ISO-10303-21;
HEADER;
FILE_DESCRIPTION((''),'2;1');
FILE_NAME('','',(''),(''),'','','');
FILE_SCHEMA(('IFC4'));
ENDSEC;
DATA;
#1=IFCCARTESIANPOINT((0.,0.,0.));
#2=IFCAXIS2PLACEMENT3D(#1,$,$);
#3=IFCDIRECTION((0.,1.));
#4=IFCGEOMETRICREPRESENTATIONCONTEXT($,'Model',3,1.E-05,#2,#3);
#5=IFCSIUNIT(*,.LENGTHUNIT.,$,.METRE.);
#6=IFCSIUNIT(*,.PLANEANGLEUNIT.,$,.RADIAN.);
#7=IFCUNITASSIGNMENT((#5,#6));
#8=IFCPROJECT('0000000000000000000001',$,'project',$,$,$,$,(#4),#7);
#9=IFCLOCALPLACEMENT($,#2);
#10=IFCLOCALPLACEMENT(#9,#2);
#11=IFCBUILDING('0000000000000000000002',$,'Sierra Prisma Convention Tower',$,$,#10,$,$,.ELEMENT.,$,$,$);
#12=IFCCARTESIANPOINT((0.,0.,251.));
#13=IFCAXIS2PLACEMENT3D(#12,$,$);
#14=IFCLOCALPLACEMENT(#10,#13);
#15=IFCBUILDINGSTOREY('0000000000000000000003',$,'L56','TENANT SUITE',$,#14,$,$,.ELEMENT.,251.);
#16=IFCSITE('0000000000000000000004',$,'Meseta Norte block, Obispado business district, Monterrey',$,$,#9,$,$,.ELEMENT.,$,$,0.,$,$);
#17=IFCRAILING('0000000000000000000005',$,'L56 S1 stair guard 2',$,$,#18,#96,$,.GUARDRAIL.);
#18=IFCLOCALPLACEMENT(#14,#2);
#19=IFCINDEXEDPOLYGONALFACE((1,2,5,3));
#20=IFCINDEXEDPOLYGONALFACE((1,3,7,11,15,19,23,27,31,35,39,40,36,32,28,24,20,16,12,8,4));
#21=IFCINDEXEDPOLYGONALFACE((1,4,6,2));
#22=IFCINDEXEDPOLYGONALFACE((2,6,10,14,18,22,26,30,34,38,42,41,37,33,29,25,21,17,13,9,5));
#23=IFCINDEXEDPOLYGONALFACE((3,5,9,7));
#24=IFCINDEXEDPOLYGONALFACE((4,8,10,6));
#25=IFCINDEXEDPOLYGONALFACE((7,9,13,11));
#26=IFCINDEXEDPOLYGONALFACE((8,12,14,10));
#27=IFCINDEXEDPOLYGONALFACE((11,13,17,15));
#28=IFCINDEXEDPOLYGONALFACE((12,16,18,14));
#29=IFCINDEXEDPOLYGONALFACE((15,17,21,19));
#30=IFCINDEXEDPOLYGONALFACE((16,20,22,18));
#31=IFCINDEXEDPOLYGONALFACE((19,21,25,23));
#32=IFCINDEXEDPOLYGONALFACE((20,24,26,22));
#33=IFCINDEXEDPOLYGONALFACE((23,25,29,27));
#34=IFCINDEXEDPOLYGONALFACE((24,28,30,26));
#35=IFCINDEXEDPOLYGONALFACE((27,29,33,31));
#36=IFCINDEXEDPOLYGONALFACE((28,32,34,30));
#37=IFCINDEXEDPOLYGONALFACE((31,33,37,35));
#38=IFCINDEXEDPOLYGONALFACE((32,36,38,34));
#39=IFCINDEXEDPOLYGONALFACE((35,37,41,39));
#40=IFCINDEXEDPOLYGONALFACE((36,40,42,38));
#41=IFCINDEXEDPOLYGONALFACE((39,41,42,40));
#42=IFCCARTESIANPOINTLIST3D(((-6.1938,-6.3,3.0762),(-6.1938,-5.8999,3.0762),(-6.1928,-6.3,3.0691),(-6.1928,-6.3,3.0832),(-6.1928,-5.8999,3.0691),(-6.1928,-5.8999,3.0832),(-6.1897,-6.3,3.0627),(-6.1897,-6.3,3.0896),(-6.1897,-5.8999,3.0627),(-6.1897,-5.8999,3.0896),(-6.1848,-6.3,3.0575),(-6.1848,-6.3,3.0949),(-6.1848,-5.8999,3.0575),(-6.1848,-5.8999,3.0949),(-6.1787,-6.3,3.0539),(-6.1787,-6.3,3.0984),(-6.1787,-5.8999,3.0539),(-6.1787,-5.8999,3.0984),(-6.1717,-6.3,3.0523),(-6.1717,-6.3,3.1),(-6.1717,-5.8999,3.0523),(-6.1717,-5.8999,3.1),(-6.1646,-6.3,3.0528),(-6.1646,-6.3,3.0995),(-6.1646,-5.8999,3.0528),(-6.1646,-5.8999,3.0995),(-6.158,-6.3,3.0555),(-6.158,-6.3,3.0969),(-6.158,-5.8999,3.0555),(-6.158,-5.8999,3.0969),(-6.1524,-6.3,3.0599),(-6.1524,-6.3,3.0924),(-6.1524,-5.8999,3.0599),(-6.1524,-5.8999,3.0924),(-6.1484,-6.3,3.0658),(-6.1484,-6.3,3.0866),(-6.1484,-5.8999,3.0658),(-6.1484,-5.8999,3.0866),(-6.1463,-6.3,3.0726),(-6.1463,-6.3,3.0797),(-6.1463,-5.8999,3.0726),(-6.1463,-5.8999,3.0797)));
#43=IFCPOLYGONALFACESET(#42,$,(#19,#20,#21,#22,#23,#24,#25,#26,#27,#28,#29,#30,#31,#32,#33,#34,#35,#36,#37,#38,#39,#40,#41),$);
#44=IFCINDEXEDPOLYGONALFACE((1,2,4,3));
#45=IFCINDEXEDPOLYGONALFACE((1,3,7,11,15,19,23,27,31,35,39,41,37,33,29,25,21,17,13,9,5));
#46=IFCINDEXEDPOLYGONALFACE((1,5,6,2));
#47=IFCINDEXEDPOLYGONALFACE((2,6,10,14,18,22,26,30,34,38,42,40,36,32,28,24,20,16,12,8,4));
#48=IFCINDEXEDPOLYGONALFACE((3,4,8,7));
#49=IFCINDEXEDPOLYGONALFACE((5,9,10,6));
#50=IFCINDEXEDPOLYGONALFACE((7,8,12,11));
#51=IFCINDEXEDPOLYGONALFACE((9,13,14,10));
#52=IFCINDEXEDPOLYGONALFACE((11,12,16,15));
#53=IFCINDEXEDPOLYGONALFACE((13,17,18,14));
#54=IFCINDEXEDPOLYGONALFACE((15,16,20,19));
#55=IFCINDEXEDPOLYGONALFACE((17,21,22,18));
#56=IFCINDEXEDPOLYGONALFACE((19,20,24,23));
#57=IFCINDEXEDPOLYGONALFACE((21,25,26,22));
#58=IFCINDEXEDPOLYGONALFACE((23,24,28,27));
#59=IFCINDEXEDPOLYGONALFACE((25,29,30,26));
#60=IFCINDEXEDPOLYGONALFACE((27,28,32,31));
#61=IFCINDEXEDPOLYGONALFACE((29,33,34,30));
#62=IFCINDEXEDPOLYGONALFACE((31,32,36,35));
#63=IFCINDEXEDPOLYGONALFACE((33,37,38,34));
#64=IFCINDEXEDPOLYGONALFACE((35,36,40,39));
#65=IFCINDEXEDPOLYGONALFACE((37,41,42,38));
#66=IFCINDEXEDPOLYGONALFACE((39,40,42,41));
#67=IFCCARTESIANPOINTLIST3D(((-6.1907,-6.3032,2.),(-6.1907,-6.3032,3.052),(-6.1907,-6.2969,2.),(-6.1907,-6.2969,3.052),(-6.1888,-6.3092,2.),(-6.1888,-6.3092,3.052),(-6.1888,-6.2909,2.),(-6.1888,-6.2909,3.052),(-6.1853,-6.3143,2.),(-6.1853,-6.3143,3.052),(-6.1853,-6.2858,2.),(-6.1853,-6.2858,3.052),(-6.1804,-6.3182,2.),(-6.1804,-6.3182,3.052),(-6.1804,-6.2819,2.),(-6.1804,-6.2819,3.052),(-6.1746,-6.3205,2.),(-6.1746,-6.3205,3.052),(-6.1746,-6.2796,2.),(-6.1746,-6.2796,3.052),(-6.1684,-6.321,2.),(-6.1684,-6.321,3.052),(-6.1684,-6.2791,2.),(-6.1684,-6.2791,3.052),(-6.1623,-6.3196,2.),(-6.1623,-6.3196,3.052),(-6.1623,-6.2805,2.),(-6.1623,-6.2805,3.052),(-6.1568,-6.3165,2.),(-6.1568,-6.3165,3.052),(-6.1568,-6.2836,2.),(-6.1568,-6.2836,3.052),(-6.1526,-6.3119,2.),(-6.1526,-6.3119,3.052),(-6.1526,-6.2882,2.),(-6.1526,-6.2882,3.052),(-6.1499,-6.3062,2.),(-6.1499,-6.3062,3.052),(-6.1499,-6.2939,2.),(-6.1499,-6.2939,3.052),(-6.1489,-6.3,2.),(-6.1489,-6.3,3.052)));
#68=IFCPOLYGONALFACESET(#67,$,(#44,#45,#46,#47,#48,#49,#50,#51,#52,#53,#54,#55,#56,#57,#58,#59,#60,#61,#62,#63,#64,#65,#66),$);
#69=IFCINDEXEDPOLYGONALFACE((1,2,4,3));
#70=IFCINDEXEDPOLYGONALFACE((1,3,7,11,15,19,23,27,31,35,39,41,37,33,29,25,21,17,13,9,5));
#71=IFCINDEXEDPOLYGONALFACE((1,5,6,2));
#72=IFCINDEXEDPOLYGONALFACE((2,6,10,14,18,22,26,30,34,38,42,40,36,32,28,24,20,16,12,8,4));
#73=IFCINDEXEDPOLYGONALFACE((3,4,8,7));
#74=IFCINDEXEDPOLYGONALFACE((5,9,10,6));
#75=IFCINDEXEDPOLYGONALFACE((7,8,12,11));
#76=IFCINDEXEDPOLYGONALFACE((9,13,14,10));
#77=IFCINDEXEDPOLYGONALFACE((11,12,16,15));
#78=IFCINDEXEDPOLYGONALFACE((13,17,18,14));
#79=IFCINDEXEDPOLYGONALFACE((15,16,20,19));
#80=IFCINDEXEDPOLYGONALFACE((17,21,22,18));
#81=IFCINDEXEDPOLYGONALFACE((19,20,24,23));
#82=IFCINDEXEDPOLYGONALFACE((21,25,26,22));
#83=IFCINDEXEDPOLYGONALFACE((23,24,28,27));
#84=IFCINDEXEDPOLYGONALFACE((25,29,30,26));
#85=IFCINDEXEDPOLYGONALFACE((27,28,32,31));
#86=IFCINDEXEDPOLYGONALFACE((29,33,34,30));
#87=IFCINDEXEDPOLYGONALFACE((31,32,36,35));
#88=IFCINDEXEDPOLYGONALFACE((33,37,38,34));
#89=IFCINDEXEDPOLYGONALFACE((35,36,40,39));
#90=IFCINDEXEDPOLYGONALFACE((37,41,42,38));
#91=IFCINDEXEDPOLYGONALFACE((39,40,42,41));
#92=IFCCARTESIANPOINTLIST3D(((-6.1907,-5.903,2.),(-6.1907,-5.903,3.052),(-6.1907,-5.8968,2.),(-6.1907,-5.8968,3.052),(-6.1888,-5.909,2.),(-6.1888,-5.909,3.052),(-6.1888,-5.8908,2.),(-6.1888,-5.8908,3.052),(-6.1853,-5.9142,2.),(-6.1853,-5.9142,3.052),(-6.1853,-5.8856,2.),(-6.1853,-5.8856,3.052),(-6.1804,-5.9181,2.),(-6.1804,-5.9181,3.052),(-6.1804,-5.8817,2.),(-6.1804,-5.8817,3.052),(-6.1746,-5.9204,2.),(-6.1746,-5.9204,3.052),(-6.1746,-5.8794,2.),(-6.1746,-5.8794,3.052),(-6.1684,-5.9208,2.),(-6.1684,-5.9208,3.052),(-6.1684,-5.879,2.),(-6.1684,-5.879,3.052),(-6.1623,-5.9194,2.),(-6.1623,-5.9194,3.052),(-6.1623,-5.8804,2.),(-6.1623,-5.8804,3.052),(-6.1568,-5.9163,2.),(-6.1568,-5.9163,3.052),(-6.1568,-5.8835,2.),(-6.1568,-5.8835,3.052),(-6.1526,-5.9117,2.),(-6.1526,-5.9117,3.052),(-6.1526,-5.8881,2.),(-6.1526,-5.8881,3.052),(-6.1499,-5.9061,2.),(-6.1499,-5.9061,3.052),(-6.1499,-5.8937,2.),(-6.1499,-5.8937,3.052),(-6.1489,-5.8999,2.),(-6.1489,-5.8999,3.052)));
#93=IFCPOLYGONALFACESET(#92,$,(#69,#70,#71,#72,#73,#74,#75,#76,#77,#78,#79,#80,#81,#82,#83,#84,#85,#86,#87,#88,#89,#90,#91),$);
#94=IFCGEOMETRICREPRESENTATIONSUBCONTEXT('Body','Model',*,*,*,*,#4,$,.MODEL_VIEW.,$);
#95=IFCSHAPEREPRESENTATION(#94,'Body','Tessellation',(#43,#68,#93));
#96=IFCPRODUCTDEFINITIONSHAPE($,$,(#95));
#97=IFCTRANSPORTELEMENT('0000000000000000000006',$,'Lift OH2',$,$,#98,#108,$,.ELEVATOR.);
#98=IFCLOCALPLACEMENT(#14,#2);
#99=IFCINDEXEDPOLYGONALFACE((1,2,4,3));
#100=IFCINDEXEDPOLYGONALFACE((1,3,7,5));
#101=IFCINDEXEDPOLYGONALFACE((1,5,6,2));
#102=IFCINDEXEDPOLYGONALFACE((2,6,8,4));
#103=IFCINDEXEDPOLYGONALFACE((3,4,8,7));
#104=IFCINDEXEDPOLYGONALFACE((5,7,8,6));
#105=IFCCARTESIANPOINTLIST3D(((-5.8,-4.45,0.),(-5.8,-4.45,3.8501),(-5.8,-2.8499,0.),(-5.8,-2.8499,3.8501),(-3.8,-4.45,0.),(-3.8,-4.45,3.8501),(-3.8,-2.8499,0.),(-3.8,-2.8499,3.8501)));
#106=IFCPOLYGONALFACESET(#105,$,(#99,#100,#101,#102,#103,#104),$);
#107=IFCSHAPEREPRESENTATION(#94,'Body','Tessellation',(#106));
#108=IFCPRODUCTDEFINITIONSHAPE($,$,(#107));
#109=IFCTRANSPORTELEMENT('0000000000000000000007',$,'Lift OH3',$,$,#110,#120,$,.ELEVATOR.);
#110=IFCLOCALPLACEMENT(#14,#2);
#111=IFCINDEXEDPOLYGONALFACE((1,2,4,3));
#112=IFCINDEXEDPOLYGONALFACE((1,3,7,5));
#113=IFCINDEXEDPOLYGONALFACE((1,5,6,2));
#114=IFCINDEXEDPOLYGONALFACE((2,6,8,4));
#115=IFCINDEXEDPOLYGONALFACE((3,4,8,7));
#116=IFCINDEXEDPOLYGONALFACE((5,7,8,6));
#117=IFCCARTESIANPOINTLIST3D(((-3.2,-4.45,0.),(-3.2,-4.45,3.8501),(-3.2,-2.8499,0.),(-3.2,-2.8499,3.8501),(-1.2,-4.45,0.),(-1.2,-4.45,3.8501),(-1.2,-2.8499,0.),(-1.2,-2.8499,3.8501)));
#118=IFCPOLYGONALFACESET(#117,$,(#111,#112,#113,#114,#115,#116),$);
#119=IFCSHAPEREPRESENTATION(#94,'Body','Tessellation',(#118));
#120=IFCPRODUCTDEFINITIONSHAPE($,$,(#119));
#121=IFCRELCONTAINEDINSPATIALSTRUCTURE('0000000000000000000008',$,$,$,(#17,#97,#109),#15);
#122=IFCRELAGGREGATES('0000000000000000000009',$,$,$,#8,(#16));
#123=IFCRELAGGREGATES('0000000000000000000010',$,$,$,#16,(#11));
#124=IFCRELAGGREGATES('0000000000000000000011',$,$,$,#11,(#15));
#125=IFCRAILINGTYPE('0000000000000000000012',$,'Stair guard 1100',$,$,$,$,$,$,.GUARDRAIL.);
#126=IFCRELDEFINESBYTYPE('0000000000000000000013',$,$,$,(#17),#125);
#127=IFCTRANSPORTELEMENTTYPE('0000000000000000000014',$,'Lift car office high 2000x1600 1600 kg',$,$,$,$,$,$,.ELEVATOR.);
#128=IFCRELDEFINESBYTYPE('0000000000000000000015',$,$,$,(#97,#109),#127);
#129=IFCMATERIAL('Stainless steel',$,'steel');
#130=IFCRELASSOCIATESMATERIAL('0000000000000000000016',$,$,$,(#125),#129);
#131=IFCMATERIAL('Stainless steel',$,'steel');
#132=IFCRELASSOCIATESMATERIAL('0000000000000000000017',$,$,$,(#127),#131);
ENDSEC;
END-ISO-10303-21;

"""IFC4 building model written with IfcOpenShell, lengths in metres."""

from ifc_helpers import new_model, si_unit, direction, frame, origin, origin_2d, place, context, subcontext, project, spatial, rectangle, circle, extrude, material, type_object, element, save


model = new_model("IFC4")

# Units and contexts
model_context = context("Model", 3, precision=1e-05, world=origin(), true_north=direction((0.0, 1.0)))
body_context = subcontext(model_context, "Body", "Model", "MODEL_VIEW")
ifc_project = project(units=[si_unit("LENGTHUNIT", "METRE"), si_unit("PLANEANGLEUNIT", "RADIAN")], contexts=[model_context])

# Site, building, storey
site_placement = place(None, origin())
site = spatial("IfcSite", under=ifc_project, at=site_placement, Name="Meseta Norte block, Obispado business district, Monterrey", CompositionType="ELEMENT", RefElevation=0.0)
building_placement = place(site_placement, origin())
building = spatial("IfcBuilding", under=site, at=building_placement, Name="Sierra Prisma Convention Tower", CompositionType="ELEMENT")
storey_placement = place(building_placement, frame((0.0, 0.0, 251.0)))
storey = spatial("IfcBuildingStorey", under=building, at=storey_placement, Name="L56", Description="TENANT SUITE", CompositionType="ELEMENT", Elevation=251.0)

# Railing
ifc_material_1 = material(Name="Stainless steel", Category="steel")
railing_type_1 = type_object("IfcRailingType", Name="Stair guard 1100", PredefinedType="GUARDRAIL", material=ifc_material_1)
railing_1_placement = place(storey_placement, frame((-6.1699, -6.3, 2.0)))
element("IfcRailing", 1, at=railing_1_placement, inside=storey, type_object=railing_type_1, Name="L56 S1 stair guard 2", PredefinedType="GUARDRAIL", context=body_context, shape_type="SweptSolid", body=[
    extrude(circle(Radius=0.0239, at=origin_2d()), frame((0.0, 0.0, 1.0762), z_axis=(0.0, 1.0, 0.0), x_axis=(-1.0, 0.0, 0.0)), (0.0, 0.0, 1.0), 0.4001),
    extrude(circle(Radius=0.021, at=origin_2d()), origin(), (0.0, 0.0, 1.0), 1.052),
    extrude(circle(Radius=0.021, at=origin_2d()), frame((0.0, 0.4001, 0.0)), (0.0, 0.0, 1.0), 1.052),
])

# Transport elements
ifc_material_2 = material(Name="Stainless steel", Category="steel")
transport_element_type = type_object("IfcTransportElementType", Name="Lift car office high 2000x1600 1600 kg", PredefinedType="ELEVATOR", material=ifc_material_2)
for number, where, z_axis, x_axis, name in (
    (2, (-4.8, -3.6499, 0.0), (0.0, 0.0, 1.0), (1.0, 0.0, 0.0), "Lift OH2"),
    (3, (-2.2, -3.6499, 0.0), (0.0, 0.0, 1.0), (1.0, 0.0, 0.0), "Lift OH3"),
):
    element("IfcTransportElement", number, at=place(storey_placement, frame(where, z_axis=z_axis, x_axis=x_axis)), inside=storey, type_object=transport_element_type, Name=name, PredefinedType="ELEVATOR", context=body_context, shape_type="SweptSolid", body=[
        extrude(rectangle(XDim=2.0, YDim=1.6001, at=origin_2d()), origin(), (0.0, 0.0, 1.0), 3.8501),
    ])

save(model, "model.ifc")
